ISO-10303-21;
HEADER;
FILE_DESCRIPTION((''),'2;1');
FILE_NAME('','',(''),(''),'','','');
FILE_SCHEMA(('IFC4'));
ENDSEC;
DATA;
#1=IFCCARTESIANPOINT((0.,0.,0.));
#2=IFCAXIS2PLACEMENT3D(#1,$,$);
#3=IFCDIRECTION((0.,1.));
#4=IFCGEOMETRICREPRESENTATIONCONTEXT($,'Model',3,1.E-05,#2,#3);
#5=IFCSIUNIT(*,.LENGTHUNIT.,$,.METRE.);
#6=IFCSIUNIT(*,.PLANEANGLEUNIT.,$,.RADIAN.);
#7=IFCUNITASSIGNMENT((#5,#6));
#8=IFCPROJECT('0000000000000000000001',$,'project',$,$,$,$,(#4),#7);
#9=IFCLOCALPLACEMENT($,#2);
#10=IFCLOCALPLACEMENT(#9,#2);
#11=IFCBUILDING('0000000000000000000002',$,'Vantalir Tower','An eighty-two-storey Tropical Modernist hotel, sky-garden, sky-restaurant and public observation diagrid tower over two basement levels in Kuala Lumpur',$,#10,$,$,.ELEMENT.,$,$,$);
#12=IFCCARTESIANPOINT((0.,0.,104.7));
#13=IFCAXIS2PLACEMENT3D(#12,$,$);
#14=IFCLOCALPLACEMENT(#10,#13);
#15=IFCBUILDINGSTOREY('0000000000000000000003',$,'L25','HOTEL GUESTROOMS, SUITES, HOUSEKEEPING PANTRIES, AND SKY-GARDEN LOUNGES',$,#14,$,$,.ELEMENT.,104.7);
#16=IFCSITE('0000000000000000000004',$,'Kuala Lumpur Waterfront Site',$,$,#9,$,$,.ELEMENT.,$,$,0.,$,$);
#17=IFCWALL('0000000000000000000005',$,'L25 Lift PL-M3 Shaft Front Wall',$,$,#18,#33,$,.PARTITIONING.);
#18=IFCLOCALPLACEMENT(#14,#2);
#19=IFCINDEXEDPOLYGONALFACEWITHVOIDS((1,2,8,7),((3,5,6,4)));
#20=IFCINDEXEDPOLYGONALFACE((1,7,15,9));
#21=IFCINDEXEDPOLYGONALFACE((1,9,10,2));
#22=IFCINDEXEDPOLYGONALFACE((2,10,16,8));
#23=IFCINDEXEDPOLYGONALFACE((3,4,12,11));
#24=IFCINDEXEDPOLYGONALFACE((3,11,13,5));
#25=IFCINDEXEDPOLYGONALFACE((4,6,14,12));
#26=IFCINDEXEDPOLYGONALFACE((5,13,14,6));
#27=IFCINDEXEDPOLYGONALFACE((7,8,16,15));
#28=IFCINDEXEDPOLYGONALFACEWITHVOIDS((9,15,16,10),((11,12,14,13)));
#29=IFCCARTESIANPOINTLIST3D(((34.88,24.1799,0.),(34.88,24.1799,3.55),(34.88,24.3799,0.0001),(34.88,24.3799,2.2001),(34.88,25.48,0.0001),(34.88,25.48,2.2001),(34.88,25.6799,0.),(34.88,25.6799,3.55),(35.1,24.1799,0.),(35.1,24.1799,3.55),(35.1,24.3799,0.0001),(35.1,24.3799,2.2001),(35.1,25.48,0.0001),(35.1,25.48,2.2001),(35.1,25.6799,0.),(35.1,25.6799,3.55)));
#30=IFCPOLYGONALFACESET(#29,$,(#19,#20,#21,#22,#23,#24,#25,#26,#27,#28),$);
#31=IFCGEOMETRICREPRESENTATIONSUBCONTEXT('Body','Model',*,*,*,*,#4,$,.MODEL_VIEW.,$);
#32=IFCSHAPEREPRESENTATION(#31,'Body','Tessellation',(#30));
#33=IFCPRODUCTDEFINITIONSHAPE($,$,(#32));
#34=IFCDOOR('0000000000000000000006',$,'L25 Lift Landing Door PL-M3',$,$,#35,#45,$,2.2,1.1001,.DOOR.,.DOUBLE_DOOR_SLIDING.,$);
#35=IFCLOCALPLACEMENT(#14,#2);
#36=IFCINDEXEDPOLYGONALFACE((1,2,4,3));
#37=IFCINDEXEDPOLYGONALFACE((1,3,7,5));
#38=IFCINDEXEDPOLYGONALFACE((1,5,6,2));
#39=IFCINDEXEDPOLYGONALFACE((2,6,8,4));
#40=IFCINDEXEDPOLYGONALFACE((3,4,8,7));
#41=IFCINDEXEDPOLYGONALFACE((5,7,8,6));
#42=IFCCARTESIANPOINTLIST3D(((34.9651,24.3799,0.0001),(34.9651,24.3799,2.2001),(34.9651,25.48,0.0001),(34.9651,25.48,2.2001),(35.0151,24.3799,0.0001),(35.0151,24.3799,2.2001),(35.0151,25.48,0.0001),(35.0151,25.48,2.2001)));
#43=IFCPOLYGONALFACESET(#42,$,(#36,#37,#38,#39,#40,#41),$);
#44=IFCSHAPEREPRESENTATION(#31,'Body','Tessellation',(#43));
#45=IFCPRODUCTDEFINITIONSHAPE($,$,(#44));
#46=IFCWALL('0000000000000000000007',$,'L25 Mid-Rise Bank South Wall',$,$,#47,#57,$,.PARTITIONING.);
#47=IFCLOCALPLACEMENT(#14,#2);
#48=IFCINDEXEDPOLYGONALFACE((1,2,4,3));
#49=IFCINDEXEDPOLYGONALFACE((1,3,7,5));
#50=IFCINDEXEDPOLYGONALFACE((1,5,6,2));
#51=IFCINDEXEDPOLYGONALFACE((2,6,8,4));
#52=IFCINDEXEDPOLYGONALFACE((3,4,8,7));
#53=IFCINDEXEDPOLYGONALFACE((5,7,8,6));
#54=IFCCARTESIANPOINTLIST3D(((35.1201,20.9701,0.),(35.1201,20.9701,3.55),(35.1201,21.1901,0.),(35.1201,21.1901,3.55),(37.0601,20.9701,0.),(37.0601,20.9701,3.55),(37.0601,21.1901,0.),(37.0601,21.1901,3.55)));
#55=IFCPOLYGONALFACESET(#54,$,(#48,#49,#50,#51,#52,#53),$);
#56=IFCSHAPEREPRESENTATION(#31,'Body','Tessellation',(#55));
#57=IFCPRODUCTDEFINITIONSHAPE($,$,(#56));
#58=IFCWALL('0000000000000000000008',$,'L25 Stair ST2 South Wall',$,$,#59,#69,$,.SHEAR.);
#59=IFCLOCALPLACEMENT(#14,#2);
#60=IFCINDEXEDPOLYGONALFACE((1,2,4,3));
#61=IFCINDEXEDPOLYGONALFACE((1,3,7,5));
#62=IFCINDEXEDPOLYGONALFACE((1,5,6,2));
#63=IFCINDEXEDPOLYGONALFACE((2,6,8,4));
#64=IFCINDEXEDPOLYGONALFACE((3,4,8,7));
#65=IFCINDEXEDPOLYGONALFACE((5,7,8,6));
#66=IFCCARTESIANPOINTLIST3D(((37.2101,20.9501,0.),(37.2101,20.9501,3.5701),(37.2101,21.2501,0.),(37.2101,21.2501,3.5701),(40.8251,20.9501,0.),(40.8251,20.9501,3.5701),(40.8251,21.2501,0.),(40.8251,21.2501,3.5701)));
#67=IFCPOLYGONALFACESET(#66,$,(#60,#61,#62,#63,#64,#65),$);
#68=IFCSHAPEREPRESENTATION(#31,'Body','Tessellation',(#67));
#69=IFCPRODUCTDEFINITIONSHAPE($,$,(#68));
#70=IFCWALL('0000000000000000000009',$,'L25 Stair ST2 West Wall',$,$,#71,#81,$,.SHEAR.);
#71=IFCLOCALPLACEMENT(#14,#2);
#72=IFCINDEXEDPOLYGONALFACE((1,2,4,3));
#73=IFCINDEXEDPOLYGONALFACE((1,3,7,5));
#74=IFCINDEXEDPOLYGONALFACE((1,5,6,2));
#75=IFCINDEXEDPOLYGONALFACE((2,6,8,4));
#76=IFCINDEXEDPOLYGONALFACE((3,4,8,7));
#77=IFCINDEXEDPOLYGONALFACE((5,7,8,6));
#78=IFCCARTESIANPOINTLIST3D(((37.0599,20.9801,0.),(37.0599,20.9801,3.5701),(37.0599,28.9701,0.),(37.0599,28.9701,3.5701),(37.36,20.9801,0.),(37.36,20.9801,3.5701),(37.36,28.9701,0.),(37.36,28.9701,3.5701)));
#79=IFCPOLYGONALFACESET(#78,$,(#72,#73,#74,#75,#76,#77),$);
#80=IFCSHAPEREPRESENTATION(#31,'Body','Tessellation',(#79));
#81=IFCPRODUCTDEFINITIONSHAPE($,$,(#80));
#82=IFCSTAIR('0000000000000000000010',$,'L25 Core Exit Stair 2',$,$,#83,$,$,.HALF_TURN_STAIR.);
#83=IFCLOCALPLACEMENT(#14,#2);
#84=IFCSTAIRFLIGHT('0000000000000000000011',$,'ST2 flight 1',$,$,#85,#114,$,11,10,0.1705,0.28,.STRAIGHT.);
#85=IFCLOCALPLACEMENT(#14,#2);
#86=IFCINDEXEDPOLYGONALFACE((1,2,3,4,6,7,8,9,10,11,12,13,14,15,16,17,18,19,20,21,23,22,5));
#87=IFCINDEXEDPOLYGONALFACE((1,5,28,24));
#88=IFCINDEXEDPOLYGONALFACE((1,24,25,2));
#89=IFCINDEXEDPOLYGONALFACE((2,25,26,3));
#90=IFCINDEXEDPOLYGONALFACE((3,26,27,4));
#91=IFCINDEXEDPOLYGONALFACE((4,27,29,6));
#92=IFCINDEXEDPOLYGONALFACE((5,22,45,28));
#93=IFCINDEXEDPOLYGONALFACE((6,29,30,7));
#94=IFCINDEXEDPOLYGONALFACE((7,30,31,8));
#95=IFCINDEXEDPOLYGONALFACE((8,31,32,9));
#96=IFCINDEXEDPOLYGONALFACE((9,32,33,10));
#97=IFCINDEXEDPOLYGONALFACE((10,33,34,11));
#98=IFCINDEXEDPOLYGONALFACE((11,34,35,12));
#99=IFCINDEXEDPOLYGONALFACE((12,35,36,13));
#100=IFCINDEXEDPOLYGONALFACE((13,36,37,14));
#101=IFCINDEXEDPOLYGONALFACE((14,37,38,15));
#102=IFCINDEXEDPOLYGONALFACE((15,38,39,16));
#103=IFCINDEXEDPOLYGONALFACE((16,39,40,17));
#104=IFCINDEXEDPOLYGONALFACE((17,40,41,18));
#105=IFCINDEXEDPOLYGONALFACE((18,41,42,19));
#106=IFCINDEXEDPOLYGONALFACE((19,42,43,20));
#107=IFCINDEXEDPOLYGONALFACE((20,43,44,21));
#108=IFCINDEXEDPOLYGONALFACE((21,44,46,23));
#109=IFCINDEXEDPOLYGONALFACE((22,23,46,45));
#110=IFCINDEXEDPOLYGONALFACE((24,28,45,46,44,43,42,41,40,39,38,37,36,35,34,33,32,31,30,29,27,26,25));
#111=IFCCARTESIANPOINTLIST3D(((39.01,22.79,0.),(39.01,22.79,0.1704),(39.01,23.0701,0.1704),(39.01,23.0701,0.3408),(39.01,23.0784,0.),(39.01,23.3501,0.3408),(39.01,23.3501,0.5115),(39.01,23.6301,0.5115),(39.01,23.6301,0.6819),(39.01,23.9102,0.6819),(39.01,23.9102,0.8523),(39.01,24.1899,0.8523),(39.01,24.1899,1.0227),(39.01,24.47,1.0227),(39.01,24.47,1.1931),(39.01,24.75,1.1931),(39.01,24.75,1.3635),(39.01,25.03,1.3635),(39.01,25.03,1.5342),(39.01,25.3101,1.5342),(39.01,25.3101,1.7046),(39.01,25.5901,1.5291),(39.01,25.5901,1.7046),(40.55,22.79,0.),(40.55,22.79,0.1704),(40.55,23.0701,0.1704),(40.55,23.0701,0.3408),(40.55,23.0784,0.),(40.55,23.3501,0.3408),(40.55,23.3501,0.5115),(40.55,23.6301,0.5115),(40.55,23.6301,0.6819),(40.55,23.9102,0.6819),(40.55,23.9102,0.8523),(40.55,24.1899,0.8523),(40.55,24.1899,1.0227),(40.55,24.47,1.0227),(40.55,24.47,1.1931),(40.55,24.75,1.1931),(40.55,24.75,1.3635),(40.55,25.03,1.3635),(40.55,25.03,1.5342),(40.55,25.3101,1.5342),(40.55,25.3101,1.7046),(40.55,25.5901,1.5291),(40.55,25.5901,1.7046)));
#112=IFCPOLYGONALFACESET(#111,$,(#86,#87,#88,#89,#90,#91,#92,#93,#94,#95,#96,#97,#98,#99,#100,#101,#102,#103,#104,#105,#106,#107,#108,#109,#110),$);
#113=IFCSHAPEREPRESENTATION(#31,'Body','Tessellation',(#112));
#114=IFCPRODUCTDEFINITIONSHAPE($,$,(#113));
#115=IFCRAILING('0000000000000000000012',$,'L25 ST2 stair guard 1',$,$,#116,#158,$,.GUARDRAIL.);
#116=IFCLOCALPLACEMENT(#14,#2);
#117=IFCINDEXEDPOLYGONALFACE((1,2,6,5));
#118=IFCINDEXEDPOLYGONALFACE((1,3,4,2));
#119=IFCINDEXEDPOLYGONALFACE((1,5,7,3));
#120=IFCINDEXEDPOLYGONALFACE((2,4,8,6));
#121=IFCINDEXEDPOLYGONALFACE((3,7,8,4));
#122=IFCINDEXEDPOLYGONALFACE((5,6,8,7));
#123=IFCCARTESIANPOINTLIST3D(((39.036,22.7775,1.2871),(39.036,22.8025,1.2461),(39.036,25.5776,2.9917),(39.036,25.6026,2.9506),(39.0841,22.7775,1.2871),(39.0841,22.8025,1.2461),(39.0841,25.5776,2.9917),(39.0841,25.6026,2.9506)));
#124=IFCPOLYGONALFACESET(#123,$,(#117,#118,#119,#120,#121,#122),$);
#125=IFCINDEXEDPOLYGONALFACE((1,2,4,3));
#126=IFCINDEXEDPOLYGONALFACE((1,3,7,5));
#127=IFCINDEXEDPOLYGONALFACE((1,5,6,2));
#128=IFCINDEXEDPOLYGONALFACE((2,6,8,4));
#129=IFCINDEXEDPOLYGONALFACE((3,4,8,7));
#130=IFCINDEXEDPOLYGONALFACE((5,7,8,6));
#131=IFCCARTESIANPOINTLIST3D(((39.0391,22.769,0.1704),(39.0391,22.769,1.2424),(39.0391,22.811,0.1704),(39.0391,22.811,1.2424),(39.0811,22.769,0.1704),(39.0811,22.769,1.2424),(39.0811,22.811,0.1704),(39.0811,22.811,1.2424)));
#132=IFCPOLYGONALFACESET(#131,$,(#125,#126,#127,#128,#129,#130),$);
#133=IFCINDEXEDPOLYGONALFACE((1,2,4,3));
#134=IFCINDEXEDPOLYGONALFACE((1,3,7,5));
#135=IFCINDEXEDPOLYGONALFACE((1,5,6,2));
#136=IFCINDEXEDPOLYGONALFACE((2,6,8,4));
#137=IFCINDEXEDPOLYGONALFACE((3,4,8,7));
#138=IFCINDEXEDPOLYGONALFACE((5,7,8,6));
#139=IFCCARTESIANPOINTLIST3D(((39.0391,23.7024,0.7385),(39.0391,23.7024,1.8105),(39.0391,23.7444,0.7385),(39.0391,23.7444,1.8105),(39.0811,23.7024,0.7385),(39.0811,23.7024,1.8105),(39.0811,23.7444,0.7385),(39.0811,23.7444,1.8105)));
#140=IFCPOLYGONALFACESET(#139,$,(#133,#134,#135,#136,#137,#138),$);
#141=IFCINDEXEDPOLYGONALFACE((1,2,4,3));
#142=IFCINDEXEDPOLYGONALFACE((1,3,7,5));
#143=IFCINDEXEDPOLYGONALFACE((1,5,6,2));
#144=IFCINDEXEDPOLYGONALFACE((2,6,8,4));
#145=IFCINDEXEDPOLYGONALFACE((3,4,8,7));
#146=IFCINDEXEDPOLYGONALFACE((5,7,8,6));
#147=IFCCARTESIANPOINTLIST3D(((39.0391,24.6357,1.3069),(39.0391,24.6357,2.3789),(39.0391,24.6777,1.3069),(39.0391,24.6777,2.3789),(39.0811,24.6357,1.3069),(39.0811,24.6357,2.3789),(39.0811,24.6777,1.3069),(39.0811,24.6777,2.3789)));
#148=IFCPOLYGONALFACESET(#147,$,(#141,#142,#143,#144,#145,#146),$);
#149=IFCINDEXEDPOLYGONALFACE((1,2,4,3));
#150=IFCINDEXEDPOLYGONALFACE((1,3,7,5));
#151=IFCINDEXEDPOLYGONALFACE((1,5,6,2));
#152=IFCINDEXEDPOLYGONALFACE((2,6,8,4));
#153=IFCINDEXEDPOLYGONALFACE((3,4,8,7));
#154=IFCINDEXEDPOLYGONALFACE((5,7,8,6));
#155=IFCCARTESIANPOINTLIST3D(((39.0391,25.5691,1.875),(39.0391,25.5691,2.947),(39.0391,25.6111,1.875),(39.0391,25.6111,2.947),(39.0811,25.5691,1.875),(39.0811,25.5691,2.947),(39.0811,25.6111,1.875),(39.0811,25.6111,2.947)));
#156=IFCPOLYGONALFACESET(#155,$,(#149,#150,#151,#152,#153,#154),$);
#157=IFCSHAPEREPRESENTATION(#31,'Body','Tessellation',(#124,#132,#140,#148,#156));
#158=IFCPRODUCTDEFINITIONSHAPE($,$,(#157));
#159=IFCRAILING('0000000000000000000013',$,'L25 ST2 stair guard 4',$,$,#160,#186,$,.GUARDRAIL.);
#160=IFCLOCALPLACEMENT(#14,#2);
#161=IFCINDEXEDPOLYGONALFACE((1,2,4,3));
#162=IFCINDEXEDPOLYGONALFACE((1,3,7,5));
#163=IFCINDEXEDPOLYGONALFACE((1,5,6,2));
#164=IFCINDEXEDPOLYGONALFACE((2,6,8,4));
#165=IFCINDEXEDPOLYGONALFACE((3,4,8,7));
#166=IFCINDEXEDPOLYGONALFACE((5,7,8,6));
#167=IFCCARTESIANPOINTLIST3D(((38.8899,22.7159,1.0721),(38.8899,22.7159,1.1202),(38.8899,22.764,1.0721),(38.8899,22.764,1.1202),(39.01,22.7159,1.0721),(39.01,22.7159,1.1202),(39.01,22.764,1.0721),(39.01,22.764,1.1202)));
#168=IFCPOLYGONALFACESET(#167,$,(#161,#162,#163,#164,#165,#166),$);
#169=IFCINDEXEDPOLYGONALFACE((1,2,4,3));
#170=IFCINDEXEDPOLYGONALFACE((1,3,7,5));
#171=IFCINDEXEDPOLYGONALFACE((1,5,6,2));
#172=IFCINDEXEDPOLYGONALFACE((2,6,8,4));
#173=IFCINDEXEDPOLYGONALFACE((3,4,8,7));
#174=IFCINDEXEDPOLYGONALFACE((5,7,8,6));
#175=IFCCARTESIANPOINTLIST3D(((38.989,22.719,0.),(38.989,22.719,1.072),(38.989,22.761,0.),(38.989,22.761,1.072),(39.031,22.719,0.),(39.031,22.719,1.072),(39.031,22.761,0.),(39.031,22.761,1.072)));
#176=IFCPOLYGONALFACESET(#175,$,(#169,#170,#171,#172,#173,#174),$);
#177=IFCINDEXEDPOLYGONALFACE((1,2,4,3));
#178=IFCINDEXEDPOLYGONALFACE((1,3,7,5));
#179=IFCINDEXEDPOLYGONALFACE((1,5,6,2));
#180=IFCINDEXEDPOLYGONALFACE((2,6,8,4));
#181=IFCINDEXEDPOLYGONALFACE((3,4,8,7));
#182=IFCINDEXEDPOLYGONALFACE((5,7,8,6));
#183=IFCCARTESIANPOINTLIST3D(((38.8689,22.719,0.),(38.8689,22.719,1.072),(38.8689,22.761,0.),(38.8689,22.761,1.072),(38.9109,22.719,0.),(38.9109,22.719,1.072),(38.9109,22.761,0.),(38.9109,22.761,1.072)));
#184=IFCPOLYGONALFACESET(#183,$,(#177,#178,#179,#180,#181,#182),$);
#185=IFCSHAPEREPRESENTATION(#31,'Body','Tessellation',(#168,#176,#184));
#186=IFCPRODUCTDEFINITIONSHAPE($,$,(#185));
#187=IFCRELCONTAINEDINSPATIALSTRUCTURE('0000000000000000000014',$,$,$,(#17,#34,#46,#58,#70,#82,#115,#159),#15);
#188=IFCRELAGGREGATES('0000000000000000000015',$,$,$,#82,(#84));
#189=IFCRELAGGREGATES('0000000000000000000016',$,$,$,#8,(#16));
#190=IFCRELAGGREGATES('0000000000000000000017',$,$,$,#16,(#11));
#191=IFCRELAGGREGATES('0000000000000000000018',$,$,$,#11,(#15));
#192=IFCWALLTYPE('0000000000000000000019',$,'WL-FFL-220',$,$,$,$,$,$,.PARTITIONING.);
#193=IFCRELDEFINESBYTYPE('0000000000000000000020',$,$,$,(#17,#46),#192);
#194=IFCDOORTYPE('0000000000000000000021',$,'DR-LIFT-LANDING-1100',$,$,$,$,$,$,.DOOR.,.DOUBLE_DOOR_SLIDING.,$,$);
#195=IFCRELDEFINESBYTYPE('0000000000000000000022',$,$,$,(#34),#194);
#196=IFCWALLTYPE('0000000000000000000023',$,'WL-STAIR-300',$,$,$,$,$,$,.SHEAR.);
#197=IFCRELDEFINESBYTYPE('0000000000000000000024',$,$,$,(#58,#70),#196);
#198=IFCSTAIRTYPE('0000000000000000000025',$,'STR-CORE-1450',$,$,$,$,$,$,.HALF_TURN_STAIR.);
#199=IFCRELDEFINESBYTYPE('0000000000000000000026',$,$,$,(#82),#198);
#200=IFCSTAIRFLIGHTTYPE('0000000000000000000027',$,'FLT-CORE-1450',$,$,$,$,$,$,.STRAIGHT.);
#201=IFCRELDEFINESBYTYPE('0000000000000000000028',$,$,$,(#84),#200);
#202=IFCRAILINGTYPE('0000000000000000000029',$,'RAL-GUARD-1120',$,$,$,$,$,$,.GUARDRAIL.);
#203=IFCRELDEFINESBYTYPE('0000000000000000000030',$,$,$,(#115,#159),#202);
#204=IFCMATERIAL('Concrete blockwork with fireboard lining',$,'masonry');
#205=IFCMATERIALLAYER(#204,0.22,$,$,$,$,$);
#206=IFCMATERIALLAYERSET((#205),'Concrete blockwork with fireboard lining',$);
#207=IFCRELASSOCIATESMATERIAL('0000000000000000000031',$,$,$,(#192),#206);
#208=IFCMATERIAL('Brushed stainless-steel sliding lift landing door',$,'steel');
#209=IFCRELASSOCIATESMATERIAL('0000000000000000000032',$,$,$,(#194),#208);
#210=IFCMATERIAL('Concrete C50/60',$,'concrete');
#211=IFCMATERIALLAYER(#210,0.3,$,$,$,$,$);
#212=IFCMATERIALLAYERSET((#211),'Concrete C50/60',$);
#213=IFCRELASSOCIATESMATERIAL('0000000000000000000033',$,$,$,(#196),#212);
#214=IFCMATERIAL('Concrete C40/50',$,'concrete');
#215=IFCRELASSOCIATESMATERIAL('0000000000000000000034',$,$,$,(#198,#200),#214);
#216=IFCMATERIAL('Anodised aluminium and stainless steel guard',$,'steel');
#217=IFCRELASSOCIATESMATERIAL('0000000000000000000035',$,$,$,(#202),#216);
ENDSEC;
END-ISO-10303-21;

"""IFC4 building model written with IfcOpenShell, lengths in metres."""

from ifc_helpers import new_model, si_unit, direction, frame, frame_2d, origin, origin_2d, place, context, subcontext, project, spatial, polyline, rectangle, outline, extrude, material, layer, layer_set, type_object, element, fill, aggregate, save


model = new_model("IFC4")

# Units and contexts
model_context = context("Model", 3, precision=1e-05, world=origin(), true_north=direction((0.0, 1.0)))
body_context = subcontext(model_context, "Body", "Model", "MODEL_VIEW")
ifc_project = project(units=[si_unit("LENGTHUNIT", "METRE"), si_unit("PLANEANGLEUNIT", "RADIAN")], contexts=[model_context])

# Site, building, storey
site_placement = place(None, origin())
site = spatial("IfcSite", under=ifc_project, at=site_placement, Name="Kuala Lumpur Waterfront Site", CompositionType="ELEMENT", RefElevation=0.0)
building_placement = place(site_placement, origin())
building = spatial("IfcBuilding", under=site, at=building_placement, Name="Vantalir Tower", Description="An eighty-two-storey Tropical Modernist hotel, sky-garden, sky-restaurant and public observation diagrid tower over two basement levels in Kuala Lumpur", CompositionType="ELEMENT")
storey_placement = place(building_placement, frame((0.0, 0.0, 104.7)))
storey = spatial("IfcBuildingStorey", under=building, at=storey_placement, Name="L25", Description="HOTEL GUESTROOMS, SUITES, HOUSEKEEPING PANTRIES, AND SKY-GARDEN LOUNGES", CompositionType="ELEMENT", Elevation=104.7)

# Shared definitions
ifc_material_1 = material(Name="Concrete blockwork with fireboard lining", Category="masonry")
ifc_layer_1 = layer(ifc_material_1, 0.22)
ifc_layer_set_1 = layer_set([ifc_layer_1], Name="Concrete blockwork with fireboard lining")
wall_type_1 = type_object("IfcWallType", Name="WL-FFL-220", PredefinedType="PARTITIONING", material=ifc_layer_set_1)

# Wall, opening, door
ifc_material_2 = material(Name="Brushed stainless-steel sliding lift landing door", Category="steel")
door_type_1 = type_object("IfcDoorType", Name="DR-LIFT-LANDING-1100", OperationType="DOUBLE_DOOR_SLIDING", PredefinedType="DOOR", material=ifc_material_2)
wall_1_placement = place(storey_placement, frame((34.99, 24.1799, 0.0), z_axis=(0.0, 0.0, 1.0), x_axis=(0.0, 1.0, 0.0)))
wall_1 = element("IfcWall", 1, at=wall_1_placement, inside=storey, type_object=wall_type_1, Name="L25 Lift PL-M3 Shaft Front Wall", PredefinedType="PARTITIONING", context=body_context, shape_type="SweptSolid", body=[
    extrude(rectangle(XDim=1.5, YDim=0.22, at=frame_2d((0.75, 0.0))), origin(), (0.0, 0.0, 1.0), 3.55),
])
opening_1_placement = place(wall_1_placement, frame((0.2, 0.0, 0.0)))
opening_1 = element("IfcOpeningElement", 2, at=opening_1_placement, cuts=wall_1, PredefinedType="OPENING", context=body_context, shape_type="SweptSolid", body=[
    extrude(rectangle(XDim=1.1001, YDim=2.2, at=frame_2d((0.55, 1.1001))), frame((0.0, 0.1199, 0.0), z_axis=(0.0, -1.0, 0.0), x_axis=(1.0, 0.0, 0.0)), (0.0, 0.0, 1.0), 0.24),
])
door_1_placement = place(opening_1_placement, origin())
door_1 = element("IfcDoor", 3, at=door_1_placement, inside=storey, type_object=door_type_1, Name="L25 Lift Landing Door PL-M3", OperationType="DOUBLE_DOOR_SLIDING", OverallHeight=2.2, OverallWidth=1.1001, PredefinedType="DOOR", context=body_context, shape_type="SweptSolid", body=[
    extrude(rectangle(XDim=1.1001, YDim=2.2, at=frame_2d((0.55, 1.1001))), frame((0.0, 0.0249, 0.0), z_axis=(0.0, -1.0, 0.0), x_axis=(1.0, 0.0, 0.0)), (0.0, 0.0, 1.0), 0.05),
])
fill(opening_1, door_1)

# Walls
wall_2_placement = place(storey_placement, frame((35.1201, 21.0801, 0.0), z_axis=(0.0, 0.0, 1.0), x_axis=(1.0, 0.0, 0.0)))
element("IfcWall", 4, at=wall_2_placement, inside=storey, type_object=wall_type_1, Name="L25 Mid-Rise Bank South Wall", PredefinedType="PARTITIONING", context=body_context, shape_type="SweptSolid", body=[
    extrude(rectangle(XDim=1.9399, YDim=0.22, at=frame_2d((0.97, 0.0))), origin(), (0.0, 0.0, 1.0), 3.55),
])
ifc_material_3 = material(Name="Concrete C50/60", Category="concrete")
ifc_layer_2 = layer(ifc_material_3, 0.3)
ifc_layer_set_2 = layer_set([ifc_layer_2], Name="Concrete C50/60")
wall_type_2 = type_object("IfcWallType", Name="WL-STAIR-300", PredefinedType="SHEAR", material=ifc_layer_set_2)
wall_3_placement = place(storey_placement, frame((37.21, 21.1001, 0.0), z_axis=(0.0, 0.0, 1.0), x_axis=(1.0, 0.0, 0.0)))
element("IfcWall", 5, at=wall_3_placement, inside=storey, type_object=wall_type_2, Name="L25 Stair ST2 South Wall", PredefinedType="SHEAR", context=body_context, shape_type="SweptSolid", body=[
    extrude(rectangle(XDim=3.615, YDim=0.3, at=frame_2d((1.8076, 0.0))), origin(), (0.0, 0.0, 1.0), 3.5701),
])
wall_4_placement = place(storey_placement, frame((37.21, 20.98, 0.0), z_axis=(0.0, 0.0, 1.0), x_axis=(0.0, 1.0, 0.0)))
element("IfcWall", 6, at=wall_4_placement, inside=storey, type_object=wall_type_2, Name="L25 Stair ST2 West Wall", PredefinedType="SHEAR", context=body_context, shape_type="SweptSolid", body=[
    extrude(rectangle(XDim=7.99, YDim=0.3, at=frame_2d((3.9951, 0.0))), origin(), (0.0, 0.0, 1.0), 3.5701),
])

# Stair, stair flight
ifc_material_4 = material(Name="Concrete C40/50", Category="concrete")
stair_type = type_object("IfcStairType", Name="STR-CORE-1450", PredefinedType="HALF_TURN_STAIR", material=ifc_material_4)
stair_placement = place(storey_placement, origin())
stair = element("IfcStair", 7, at=stair_placement, inside=storey, type_object=stair_type, Name="L25 Core Exit Stair 2", PredefinedType="HALF_TURN_STAIR")
stair_flight_type = type_object("IfcStairFlightType", Name="FLT-CORE-1450", PredefinedType="STRAIGHT", material=ifc_material_4)
stair_flight_placement = place(storey_placement, frame((39.78, 22.79, 0.0), z_axis=(0.0, 0.0, 1.0), x_axis=(0.0, 1.0, 0.0)))
stair_flight = element("IfcStairFlight", 8, at=stair_flight_placement, type_object=stair_flight_type, Name="ST2 flight 1", NumberOfRisers=11, NumberOfTreads=10, PredefinedType="STRAIGHT", RiserHeight=0.1705, TreadLength=0.28, context=body_context, shape_type="SweptSolid", body=[
    extrude(outline(polyline([(0.0, 0.0), (0.0, 0.1704), (0.28, 0.1704), (0.28, 0.3408), (0.5601, 0.3408), (0.5601, 0.5115), (0.8401, 0.5115), (0.8401, 0.6819), (1.1201, 0.6819), (1.1201, 0.8523), (1.3999, 0.8523), (1.3999, 1.0227), (1.6799, 1.0227), (1.6799, 1.1931), (1.96, 1.1931), (1.96, 1.3635), (2.24, 1.3635), (2.24, 1.5342), (2.52, 1.5342), (2.52, 1.7046), (2.8, 1.7046), (2.8, 1.875), (2.8, 1.5291), (0.2883, 0.0), (0.0, 0.0)])), frame((0.0, 0.77, 0.0), z_axis=(0.0, -1.0, 0.0), x_axis=(1.0, 0.0, 0.0)), (0.0, 0.0, 1.0), 1.54),
])
aggregate(stair, [stair_flight])

# Railings
ifc_material_5 = material(Name="Anodised aluminium and stainless steel guard", Category="steel")
railing_type_1 = type_object("IfcRailingType", Name="RAL-GUARD-1120", PredefinedType="GUARDRAIL", material=ifc_material_5)
railing_1_placement = place(storey_placement, frame((39.0601, 22.79, 0.1704)))
element("IfcRailing", 9, at=railing_1_placement, inside=storey, type_object=railing_type_1, Name="L25 ST2 stair guard 1", PredefinedType="GUARDRAIL", context=body_context, shape_type="SweptSolid", body=[
    extrude(rectangle(XDim=0.0481, YDim=0.0481, at=origin_2d()), frame((0.0, 0.0, 1.0962), z_axis=(0.0, 0.85417, 0.519994), x_axis=(-1.0, 0.0, 0.0)), (0.0, 0.0, 1.0), 3.2781),
    extrude(rectangle(XDim=0.042, YDim=0.042, at=origin_2d()), origin(), (0.0, 0.0, 1.0), 1.072),
    extrude(rectangle(XDim=0.042, YDim=0.042, at=origin_2d()), frame((0.0, 0.9333, 0.5681)), (0.0, 0.0, 1.0), 1.072),
    extrude(rectangle(XDim=0.042, YDim=0.042, at=origin_2d()), frame((0.0, 1.8667, 1.1365)), (0.0, 0.0, 1.0), 1.072),
    extrude(rectangle(XDim=0.042, YDim=0.042, at=origin_2d()), frame((0.0, 2.8, 1.7046)), (0.0, 0.0, 1.0), 1.072),
])
railing_2_placement = place(storey_placement, frame((39.01, 22.74, 0.0)))
element("IfcRailing", 10, at=railing_2_placement, inside=storey, type_object=railing_type_1, Name="L25 ST2 stair guard 4", PredefinedType="GUARDRAIL", context=body_context, shape_type="SweptSolid", body=[
    extrude(rectangle(XDim=0.0481, YDim=0.0481, at=origin_2d()), frame((0.0, 0.0, 1.0962), z_axis=(-1.0, 0.0, 0.0), x_axis=(0.0, -1.0, 0.0)), (0.0, 0.0, 1.0), 0.1201),
    extrude(rectangle(XDim=0.042, YDim=0.042, at=origin_2d()), origin(), (0.0, 0.0, 1.0), 1.072),
    extrude(rectangle(XDim=0.042, YDim=0.042, at=origin_2d()), frame((-0.1201, 0.0, 0.0)), (0.0, 0.0, 1.0), 1.072),
])

save(model, "model.ifc")
